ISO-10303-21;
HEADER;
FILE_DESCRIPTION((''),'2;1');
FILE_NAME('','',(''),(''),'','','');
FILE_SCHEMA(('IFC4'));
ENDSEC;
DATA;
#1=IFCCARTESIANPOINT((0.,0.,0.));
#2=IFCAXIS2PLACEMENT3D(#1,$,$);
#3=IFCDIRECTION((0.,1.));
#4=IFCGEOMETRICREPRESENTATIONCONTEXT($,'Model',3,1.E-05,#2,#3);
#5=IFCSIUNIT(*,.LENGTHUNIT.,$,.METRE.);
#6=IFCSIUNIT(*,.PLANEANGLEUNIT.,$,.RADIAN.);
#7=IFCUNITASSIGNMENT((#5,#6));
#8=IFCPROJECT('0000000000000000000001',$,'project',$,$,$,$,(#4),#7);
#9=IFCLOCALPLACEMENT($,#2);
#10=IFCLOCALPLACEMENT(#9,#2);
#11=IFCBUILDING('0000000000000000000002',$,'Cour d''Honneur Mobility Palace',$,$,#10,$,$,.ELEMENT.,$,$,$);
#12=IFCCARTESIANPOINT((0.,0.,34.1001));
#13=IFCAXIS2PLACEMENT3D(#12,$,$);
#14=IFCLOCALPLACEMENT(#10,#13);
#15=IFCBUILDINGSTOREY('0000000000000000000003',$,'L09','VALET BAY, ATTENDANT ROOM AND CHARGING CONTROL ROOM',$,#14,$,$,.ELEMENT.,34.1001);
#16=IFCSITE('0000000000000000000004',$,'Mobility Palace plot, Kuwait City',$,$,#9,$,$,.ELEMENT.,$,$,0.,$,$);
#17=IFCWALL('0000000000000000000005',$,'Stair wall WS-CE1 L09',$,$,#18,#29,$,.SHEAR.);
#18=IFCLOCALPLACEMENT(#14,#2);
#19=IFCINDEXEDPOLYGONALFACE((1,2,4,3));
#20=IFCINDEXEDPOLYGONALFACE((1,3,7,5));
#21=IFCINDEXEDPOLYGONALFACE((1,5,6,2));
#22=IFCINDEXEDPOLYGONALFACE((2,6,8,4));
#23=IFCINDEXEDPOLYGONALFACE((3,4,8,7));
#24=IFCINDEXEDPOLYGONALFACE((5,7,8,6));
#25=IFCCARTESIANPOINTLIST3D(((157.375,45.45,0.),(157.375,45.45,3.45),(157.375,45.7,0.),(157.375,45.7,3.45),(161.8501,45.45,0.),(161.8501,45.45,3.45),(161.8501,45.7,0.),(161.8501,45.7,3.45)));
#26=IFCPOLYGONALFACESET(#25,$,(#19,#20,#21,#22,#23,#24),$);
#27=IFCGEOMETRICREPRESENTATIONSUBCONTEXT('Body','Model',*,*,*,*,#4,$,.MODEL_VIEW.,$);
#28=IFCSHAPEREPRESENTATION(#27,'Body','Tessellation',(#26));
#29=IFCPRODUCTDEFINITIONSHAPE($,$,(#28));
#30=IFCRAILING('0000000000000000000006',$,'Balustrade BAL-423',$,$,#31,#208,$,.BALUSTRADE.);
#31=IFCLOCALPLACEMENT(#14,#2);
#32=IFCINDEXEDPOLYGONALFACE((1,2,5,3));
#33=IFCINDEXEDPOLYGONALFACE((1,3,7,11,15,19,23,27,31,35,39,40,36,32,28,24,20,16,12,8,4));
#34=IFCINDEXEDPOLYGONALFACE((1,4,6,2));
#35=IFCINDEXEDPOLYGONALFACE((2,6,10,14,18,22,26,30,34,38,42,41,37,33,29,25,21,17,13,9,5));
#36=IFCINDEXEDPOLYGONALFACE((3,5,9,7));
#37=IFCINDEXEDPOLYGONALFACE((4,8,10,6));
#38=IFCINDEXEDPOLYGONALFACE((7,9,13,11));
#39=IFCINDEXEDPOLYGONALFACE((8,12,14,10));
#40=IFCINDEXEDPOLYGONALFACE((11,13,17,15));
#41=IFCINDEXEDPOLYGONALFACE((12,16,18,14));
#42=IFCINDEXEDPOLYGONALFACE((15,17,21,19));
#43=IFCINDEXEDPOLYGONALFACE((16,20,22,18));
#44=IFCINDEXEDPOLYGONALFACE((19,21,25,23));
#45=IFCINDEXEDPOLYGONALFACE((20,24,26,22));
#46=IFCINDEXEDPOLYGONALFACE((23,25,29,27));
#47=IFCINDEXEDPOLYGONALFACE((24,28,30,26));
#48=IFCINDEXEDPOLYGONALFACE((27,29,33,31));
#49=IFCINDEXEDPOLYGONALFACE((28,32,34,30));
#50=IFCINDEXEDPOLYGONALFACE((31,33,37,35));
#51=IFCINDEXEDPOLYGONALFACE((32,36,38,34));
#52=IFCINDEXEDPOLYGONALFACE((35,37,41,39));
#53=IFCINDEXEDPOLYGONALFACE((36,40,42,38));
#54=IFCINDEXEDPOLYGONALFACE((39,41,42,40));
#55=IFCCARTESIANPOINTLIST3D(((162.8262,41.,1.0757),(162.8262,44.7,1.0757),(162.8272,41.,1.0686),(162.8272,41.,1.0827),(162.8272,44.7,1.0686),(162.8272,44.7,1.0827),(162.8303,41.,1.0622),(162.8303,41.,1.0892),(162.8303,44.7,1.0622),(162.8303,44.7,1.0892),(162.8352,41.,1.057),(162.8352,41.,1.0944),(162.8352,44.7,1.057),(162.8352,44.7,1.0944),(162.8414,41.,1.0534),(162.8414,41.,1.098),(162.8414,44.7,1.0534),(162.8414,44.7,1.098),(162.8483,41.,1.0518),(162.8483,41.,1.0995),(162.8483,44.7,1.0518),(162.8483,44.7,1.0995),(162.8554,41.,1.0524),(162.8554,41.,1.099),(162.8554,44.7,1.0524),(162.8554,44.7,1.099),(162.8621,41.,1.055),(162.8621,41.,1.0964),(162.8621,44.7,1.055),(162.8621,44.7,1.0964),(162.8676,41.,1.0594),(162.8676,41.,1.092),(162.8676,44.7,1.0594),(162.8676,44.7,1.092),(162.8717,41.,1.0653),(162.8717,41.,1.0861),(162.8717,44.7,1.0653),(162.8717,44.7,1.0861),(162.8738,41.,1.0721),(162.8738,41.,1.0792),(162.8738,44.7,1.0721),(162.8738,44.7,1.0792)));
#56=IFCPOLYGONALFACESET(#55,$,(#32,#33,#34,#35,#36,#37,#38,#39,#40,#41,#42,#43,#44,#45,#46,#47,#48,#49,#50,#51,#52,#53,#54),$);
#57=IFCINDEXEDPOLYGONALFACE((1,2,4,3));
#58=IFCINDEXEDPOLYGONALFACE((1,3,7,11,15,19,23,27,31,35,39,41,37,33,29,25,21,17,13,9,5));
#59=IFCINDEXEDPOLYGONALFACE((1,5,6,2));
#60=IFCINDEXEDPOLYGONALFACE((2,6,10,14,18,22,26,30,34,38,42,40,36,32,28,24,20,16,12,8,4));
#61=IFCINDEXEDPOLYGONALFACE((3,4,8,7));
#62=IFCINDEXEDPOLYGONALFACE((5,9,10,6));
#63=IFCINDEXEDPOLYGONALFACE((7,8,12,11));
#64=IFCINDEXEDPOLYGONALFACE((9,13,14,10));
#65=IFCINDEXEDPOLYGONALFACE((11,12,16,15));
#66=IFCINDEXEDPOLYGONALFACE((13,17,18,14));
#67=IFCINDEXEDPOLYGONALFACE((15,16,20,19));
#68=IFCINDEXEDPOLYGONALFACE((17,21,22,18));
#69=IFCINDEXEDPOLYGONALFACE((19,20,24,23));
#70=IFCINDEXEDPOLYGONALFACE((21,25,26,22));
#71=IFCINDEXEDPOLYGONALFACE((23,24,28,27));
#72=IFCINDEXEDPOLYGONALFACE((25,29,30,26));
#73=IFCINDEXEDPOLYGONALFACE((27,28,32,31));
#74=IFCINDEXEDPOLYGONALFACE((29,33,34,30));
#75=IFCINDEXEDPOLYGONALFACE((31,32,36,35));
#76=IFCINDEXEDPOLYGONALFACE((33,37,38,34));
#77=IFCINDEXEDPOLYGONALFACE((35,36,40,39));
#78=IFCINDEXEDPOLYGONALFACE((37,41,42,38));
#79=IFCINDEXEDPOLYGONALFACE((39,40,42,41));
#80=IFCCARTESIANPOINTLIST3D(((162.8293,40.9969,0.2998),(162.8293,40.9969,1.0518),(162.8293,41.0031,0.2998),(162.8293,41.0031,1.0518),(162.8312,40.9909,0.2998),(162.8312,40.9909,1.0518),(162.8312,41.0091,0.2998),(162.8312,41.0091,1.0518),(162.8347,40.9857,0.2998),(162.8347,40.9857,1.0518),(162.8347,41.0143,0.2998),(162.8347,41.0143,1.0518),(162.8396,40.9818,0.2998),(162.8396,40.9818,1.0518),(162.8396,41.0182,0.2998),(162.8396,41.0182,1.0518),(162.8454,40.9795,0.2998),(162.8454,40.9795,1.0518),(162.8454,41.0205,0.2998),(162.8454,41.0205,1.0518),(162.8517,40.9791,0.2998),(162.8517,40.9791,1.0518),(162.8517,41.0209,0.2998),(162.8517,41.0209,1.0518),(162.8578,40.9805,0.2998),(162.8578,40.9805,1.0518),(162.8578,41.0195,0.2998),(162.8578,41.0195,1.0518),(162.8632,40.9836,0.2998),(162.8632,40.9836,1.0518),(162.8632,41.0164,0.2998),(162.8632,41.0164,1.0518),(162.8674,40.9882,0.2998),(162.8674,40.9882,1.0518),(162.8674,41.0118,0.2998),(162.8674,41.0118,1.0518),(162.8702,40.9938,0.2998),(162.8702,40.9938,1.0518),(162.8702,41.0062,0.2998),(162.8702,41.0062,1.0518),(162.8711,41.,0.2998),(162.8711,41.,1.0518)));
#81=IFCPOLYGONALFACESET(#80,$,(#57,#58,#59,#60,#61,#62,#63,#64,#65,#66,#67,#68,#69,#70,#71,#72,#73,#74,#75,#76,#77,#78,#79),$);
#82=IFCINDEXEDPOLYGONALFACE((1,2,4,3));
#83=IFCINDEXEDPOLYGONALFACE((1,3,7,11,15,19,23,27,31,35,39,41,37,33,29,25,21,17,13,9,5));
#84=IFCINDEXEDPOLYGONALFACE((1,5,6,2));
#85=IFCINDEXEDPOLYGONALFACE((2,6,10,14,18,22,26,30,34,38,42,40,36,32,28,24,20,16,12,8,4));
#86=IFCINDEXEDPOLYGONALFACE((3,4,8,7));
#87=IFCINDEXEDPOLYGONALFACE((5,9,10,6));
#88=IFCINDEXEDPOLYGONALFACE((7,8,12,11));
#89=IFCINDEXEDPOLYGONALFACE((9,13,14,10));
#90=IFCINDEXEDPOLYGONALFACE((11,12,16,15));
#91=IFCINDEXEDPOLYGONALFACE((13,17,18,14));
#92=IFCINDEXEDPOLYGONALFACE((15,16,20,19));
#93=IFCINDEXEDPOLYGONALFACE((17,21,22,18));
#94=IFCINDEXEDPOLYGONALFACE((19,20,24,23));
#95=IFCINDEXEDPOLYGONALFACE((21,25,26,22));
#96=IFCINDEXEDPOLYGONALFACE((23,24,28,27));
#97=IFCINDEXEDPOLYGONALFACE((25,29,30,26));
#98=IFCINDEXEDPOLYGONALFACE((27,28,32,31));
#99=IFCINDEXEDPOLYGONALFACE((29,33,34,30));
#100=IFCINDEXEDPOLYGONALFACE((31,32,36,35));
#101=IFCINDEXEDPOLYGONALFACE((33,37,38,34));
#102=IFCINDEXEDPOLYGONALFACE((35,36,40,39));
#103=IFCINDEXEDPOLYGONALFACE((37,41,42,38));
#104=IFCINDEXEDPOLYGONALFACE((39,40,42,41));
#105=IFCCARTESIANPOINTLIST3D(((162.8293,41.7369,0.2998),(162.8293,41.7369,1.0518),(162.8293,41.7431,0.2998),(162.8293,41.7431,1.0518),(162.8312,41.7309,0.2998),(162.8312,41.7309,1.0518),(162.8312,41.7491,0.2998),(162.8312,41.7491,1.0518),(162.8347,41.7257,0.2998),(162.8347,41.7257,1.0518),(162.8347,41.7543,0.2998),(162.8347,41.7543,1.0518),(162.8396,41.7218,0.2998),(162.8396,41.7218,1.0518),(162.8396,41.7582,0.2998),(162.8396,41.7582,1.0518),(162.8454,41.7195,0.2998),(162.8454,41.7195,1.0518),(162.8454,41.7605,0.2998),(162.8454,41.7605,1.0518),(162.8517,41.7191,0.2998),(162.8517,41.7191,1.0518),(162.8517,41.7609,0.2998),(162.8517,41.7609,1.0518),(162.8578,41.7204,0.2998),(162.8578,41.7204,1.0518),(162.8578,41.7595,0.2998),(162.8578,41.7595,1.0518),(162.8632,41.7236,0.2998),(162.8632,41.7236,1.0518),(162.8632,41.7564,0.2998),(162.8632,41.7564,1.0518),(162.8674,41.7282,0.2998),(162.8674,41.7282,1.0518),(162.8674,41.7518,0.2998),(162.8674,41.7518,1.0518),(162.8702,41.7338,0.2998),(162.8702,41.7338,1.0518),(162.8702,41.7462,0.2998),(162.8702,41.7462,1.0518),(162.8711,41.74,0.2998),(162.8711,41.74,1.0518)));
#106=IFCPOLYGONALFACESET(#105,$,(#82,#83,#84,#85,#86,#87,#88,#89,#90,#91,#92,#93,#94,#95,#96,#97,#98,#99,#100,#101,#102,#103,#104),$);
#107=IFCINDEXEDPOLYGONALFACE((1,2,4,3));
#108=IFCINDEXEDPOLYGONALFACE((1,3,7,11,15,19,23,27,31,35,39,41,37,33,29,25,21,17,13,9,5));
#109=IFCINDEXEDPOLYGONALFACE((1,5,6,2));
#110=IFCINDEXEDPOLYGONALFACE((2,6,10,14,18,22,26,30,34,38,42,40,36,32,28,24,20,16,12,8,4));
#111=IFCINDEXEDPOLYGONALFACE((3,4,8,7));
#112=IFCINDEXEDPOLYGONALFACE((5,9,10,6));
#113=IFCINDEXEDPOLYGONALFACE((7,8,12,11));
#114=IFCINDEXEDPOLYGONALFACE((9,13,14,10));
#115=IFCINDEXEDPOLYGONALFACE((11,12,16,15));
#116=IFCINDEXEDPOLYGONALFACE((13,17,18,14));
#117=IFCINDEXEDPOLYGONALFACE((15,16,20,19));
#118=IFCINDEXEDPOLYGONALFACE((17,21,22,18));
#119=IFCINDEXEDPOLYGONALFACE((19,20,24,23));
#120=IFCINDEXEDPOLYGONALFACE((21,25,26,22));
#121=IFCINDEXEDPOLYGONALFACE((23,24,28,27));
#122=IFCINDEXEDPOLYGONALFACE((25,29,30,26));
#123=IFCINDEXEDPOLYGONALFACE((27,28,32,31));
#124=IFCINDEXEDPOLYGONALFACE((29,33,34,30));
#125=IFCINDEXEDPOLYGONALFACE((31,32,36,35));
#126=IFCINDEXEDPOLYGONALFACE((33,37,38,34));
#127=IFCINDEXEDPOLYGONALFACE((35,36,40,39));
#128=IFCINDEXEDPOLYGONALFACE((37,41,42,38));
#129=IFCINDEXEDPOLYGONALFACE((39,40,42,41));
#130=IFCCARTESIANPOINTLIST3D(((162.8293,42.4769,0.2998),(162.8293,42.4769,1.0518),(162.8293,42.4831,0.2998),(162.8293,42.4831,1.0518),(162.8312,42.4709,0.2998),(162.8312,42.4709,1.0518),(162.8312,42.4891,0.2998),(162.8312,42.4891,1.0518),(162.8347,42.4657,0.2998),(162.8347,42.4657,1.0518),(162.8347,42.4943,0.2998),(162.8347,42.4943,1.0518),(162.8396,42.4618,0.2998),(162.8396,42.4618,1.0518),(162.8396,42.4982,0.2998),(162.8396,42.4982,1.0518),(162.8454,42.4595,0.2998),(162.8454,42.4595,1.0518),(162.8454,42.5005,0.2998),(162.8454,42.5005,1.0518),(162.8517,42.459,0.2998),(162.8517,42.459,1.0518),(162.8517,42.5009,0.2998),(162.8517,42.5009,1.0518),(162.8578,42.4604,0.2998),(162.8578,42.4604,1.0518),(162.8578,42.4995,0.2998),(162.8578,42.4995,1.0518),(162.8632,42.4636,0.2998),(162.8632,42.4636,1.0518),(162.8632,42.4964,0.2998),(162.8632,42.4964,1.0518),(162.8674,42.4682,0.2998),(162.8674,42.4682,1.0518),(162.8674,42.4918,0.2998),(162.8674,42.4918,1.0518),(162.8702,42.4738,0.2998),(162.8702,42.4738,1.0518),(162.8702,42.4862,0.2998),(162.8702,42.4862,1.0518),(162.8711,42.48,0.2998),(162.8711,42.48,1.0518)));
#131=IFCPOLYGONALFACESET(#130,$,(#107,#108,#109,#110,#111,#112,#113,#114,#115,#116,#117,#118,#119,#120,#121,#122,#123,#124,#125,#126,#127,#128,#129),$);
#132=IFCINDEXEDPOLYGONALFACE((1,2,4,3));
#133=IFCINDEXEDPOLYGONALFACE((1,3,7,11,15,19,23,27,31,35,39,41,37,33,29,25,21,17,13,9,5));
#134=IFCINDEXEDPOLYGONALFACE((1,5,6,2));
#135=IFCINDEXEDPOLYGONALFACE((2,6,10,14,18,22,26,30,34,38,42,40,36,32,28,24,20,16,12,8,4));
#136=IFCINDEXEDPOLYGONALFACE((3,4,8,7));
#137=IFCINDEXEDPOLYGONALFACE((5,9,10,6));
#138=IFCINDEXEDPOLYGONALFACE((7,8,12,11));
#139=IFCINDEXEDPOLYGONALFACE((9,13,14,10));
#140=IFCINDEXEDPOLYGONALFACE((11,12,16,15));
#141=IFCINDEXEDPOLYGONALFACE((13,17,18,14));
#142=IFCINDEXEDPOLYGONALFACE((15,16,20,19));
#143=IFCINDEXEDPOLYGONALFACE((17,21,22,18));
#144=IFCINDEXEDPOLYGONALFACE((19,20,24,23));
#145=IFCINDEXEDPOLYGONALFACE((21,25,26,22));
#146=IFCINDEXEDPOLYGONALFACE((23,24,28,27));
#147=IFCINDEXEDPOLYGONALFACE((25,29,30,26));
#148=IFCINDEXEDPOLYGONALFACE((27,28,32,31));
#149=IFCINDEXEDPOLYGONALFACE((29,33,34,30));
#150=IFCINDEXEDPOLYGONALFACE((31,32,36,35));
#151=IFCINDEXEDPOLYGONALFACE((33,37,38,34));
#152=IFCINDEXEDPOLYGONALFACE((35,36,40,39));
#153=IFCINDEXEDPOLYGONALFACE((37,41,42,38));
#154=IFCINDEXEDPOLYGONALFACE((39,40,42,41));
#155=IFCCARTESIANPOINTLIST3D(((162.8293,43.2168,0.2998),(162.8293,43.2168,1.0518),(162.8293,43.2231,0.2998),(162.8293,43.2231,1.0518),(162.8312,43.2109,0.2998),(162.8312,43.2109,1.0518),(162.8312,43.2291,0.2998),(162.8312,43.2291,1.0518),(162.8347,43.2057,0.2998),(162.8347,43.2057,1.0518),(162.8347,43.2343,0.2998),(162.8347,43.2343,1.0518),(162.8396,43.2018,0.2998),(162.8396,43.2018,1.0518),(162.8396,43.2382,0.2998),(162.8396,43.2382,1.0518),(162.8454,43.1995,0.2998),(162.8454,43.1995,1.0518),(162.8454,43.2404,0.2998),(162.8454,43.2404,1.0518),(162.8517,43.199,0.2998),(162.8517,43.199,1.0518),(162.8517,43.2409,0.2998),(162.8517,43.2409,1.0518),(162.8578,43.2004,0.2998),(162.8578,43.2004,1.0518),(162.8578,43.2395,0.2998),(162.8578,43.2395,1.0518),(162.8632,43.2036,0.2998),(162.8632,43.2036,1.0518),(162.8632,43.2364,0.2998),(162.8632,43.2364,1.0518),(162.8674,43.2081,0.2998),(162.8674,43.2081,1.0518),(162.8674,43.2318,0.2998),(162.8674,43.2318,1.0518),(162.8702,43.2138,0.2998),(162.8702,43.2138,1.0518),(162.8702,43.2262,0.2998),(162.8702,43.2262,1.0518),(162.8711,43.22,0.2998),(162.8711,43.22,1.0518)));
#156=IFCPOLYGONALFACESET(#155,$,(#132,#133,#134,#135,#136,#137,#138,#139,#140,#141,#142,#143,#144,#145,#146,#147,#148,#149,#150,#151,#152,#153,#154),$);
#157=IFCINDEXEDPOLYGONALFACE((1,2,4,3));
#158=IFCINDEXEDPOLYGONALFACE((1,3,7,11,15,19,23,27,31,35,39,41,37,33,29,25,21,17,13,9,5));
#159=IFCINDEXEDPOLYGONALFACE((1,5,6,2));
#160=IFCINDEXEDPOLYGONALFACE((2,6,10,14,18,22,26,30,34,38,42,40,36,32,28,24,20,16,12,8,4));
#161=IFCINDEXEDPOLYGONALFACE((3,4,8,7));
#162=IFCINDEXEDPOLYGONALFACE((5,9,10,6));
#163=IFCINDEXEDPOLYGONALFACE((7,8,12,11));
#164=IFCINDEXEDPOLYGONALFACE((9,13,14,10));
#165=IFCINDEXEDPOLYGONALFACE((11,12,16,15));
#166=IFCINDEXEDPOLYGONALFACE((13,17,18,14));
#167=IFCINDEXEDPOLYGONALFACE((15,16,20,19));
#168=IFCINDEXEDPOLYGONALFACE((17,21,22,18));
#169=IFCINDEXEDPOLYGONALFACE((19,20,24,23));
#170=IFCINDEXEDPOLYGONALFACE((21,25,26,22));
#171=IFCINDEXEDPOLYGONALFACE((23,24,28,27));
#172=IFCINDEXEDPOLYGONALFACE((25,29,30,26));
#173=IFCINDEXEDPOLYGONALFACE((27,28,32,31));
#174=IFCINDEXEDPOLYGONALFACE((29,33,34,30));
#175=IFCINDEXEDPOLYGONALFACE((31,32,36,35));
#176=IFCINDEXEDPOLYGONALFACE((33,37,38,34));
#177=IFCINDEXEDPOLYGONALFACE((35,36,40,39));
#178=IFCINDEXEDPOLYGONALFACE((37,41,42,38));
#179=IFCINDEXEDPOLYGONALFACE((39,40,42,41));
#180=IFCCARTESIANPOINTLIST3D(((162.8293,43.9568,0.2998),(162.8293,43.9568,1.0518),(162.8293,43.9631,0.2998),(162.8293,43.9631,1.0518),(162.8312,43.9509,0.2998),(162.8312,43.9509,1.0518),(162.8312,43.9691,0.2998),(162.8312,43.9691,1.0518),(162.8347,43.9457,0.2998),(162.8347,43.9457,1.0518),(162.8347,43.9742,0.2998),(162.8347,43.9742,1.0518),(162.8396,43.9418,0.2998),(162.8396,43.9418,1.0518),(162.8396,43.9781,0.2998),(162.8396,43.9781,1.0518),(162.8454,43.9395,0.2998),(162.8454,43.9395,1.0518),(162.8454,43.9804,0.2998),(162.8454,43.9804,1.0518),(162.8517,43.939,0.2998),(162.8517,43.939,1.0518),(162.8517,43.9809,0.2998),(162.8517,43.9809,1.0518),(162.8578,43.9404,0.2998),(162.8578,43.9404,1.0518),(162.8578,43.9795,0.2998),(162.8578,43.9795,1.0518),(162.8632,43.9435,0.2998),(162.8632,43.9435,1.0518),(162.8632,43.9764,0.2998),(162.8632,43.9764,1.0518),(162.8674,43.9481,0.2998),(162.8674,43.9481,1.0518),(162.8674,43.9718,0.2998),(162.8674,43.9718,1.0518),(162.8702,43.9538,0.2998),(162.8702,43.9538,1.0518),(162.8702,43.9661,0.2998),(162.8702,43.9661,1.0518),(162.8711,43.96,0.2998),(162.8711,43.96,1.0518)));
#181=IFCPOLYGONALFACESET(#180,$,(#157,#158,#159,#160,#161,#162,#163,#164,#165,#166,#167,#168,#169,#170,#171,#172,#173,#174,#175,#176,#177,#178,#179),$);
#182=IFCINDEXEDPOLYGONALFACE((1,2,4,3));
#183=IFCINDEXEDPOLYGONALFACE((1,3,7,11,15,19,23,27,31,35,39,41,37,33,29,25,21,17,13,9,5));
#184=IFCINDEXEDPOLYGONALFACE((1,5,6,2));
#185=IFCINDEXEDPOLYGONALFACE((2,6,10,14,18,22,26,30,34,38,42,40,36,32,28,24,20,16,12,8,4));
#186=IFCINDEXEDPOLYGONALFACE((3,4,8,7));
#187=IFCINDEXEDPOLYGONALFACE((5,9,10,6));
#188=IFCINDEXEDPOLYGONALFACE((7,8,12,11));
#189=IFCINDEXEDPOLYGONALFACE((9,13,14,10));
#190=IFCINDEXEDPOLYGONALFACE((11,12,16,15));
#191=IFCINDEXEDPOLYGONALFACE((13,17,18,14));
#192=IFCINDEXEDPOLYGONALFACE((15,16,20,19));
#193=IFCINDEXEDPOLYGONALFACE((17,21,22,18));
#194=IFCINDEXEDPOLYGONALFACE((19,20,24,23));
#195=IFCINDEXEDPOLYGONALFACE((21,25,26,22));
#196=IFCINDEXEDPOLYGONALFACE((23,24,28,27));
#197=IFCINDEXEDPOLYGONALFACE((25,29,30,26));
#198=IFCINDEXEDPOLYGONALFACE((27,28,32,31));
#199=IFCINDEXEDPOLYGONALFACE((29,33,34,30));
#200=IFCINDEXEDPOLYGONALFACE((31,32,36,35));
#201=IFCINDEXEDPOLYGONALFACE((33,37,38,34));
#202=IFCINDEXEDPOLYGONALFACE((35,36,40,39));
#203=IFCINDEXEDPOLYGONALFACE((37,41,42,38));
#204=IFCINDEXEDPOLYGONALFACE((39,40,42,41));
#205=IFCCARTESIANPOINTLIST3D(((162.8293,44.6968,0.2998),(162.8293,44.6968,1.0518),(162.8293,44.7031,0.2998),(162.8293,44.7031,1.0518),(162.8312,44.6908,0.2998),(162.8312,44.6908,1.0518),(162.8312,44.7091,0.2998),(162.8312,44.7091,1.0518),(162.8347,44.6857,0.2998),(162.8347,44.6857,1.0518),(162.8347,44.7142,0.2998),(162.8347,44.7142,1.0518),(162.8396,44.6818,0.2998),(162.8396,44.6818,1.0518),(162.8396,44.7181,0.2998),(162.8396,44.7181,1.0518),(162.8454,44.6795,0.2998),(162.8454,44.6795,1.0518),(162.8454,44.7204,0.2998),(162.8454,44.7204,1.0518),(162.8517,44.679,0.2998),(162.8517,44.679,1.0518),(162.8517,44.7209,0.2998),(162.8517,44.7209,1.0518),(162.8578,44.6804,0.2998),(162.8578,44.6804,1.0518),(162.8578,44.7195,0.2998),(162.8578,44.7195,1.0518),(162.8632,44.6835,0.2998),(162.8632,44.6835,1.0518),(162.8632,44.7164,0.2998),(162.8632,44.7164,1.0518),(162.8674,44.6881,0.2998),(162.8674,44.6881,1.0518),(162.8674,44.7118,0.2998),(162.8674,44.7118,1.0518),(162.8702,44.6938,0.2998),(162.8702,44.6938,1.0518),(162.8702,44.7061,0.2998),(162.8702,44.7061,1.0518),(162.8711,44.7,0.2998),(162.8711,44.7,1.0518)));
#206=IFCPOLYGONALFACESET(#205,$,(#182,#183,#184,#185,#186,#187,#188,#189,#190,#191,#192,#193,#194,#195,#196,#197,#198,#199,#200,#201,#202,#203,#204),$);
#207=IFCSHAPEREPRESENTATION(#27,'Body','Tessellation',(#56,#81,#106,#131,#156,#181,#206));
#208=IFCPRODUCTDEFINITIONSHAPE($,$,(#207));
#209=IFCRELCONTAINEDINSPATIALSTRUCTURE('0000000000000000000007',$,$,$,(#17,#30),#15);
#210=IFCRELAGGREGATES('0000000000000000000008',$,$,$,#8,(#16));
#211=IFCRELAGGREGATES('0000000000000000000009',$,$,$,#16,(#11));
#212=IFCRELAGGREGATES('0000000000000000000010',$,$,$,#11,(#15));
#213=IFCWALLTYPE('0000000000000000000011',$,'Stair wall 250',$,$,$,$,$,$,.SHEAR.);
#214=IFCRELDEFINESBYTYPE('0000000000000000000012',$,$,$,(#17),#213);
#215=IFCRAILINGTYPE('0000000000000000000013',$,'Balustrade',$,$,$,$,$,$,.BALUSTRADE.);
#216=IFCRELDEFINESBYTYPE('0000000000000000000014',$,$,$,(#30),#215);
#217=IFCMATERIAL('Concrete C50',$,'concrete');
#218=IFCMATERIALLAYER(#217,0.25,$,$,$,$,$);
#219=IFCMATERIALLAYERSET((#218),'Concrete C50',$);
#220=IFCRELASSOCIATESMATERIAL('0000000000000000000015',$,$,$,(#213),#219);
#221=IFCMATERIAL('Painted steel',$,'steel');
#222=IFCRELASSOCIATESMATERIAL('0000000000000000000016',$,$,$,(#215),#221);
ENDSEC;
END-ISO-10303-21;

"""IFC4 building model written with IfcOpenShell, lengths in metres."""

from ifc_helpers import new_model, si_unit, direction, frame, frame_2d, origin, origin_2d, place, context, subcontext, project, spatial, rectangle, circle, extrude, material, layer, layer_set, type_object, element, save


model = new_model("IFC4")

# Units and contexts
model_context = context("Model", 3, precision=1e-05, world=origin(), true_north=direction((0.0, 1.0)))
body_context = subcontext(model_context, "Body", "Model", "MODEL_VIEW")
ifc_project = project(units=[si_unit("LENGTHUNIT", "METRE"), si_unit("PLANEANGLEUNIT", "RADIAN")], contexts=[model_context])

# Site, building, storey
site_placement = place(None, origin())
site = spatial("IfcSite", under=ifc_project, at=site_placement, Name="Mobility Palace plot, Kuwait City", CompositionType="ELEMENT", RefElevation=0.0)
building_placement = place(site_placement, origin())
building = spatial("IfcBuilding", under=site, at=building_placement, Name="Cour d'Honneur Mobility Palace", CompositionType="ELEMENT")
storey_placement = place(building_placement, frame((0.0, 0.0, 34.1001)))
storey = spatial("IfcBuildingStorey", under=building, at=storey_placement, Name="L09", Description="VALET BAY, ATTENDANT ROOM AND CHARGING CONTROL ROOM", CompositionType="ELEMENT", Elevation=34.1001)

# Wall
ifc_material_1 = material(Name="Concrete C50", Category="concrete")
ifc_layer_1 = layer(ifc_material_1, 0.25)
ifc_layer_set_1 = layer_set([ifc_layer_1], Name="Concrete C50")
wall_type = type_object("IfcWallType", Name="Stair wall 250", PredefinedType="SHEAR", material=ifc_layer_set_1)
wall_placement = place(storey_placement, frame((157.375, 45.575, 0.0), z_axis=(0.0, 0.0, 1.0), x_axis=(1.0, 0.0, 0.0)))
element("IfcWall", 1, at=wall_placement, inside=storey, type_object=wall_type, Name="Stair wall WS-CE1 L09", PredefinedType="SHEAR", context=body_context, shape_type="SweptSolid", body=[
    extrude(rectangle(XDim=4.4751, YDim=0.25, at=frame_2d((2.2375, 0.0))), origin(), (0.0, 0.0, 1.0), 3.45),
])

# Railing
ifc_material_2 = material(Name="Painted steel", Category="steel")
railing_type = type_object("IfcRailingType", Name="Balustrade", PredefinedType="BALUSTRADE", material=ifc_material_2)
railing_placement = place(storey_placement, frame((162.8501, 41.0, 0.2998)))
element("IfcRailing", 2, at=railing_placement, inside=storey, type_object=railing_type, Name="Balustrade BAL-423", PredefinedType="BALUSTRADE", context=body_context, shape_type="SweptSolid", body=[
    extrude(circle(Radius=0.0239, at=origin_2d()), frame((0.0, 0.0, 0.7759), z_axis=(0.0, 1.0, 0.0), x_axis=(-1.0, 0.0, 0.0)), (0.0, 0.0, 1.0), 3.7),
    extrude(circle(Radius=0.021, at=origin_2d()), origin(), (0.0, 0.0, 1.0), 0.752),
    extrude(circle(Radius=0.021, at=origin_2d()), frame((0.0, 0.74, 0.0)), (0.0, 0.0, 1.0), 0.752),
    extrude(circle(Radius=0.021, at=origin_2d()), frame((0.0, 1.48, 0.0)), (0.0, 0.0, 1.0), 0.752),
    extrude(circle(Radius=0.021, at=origin_2d()), frame((0.0, 2.22, 0.0)), (0.0, 0.0, 1.0), 0.752),
    extrude(circle(Radius=0.021, at=origin_2d()), frame((0.0, 2.96, 0.0)), (0.0, 0.0, 1.0), 0.752),
    extrude(circle(Radius=0.021, at=origin_2d()), frame((0.0, 3.7, 0.0)), (0.0, 0.0, 1.0), 0.752),
])

save(model, "model.ifc")
